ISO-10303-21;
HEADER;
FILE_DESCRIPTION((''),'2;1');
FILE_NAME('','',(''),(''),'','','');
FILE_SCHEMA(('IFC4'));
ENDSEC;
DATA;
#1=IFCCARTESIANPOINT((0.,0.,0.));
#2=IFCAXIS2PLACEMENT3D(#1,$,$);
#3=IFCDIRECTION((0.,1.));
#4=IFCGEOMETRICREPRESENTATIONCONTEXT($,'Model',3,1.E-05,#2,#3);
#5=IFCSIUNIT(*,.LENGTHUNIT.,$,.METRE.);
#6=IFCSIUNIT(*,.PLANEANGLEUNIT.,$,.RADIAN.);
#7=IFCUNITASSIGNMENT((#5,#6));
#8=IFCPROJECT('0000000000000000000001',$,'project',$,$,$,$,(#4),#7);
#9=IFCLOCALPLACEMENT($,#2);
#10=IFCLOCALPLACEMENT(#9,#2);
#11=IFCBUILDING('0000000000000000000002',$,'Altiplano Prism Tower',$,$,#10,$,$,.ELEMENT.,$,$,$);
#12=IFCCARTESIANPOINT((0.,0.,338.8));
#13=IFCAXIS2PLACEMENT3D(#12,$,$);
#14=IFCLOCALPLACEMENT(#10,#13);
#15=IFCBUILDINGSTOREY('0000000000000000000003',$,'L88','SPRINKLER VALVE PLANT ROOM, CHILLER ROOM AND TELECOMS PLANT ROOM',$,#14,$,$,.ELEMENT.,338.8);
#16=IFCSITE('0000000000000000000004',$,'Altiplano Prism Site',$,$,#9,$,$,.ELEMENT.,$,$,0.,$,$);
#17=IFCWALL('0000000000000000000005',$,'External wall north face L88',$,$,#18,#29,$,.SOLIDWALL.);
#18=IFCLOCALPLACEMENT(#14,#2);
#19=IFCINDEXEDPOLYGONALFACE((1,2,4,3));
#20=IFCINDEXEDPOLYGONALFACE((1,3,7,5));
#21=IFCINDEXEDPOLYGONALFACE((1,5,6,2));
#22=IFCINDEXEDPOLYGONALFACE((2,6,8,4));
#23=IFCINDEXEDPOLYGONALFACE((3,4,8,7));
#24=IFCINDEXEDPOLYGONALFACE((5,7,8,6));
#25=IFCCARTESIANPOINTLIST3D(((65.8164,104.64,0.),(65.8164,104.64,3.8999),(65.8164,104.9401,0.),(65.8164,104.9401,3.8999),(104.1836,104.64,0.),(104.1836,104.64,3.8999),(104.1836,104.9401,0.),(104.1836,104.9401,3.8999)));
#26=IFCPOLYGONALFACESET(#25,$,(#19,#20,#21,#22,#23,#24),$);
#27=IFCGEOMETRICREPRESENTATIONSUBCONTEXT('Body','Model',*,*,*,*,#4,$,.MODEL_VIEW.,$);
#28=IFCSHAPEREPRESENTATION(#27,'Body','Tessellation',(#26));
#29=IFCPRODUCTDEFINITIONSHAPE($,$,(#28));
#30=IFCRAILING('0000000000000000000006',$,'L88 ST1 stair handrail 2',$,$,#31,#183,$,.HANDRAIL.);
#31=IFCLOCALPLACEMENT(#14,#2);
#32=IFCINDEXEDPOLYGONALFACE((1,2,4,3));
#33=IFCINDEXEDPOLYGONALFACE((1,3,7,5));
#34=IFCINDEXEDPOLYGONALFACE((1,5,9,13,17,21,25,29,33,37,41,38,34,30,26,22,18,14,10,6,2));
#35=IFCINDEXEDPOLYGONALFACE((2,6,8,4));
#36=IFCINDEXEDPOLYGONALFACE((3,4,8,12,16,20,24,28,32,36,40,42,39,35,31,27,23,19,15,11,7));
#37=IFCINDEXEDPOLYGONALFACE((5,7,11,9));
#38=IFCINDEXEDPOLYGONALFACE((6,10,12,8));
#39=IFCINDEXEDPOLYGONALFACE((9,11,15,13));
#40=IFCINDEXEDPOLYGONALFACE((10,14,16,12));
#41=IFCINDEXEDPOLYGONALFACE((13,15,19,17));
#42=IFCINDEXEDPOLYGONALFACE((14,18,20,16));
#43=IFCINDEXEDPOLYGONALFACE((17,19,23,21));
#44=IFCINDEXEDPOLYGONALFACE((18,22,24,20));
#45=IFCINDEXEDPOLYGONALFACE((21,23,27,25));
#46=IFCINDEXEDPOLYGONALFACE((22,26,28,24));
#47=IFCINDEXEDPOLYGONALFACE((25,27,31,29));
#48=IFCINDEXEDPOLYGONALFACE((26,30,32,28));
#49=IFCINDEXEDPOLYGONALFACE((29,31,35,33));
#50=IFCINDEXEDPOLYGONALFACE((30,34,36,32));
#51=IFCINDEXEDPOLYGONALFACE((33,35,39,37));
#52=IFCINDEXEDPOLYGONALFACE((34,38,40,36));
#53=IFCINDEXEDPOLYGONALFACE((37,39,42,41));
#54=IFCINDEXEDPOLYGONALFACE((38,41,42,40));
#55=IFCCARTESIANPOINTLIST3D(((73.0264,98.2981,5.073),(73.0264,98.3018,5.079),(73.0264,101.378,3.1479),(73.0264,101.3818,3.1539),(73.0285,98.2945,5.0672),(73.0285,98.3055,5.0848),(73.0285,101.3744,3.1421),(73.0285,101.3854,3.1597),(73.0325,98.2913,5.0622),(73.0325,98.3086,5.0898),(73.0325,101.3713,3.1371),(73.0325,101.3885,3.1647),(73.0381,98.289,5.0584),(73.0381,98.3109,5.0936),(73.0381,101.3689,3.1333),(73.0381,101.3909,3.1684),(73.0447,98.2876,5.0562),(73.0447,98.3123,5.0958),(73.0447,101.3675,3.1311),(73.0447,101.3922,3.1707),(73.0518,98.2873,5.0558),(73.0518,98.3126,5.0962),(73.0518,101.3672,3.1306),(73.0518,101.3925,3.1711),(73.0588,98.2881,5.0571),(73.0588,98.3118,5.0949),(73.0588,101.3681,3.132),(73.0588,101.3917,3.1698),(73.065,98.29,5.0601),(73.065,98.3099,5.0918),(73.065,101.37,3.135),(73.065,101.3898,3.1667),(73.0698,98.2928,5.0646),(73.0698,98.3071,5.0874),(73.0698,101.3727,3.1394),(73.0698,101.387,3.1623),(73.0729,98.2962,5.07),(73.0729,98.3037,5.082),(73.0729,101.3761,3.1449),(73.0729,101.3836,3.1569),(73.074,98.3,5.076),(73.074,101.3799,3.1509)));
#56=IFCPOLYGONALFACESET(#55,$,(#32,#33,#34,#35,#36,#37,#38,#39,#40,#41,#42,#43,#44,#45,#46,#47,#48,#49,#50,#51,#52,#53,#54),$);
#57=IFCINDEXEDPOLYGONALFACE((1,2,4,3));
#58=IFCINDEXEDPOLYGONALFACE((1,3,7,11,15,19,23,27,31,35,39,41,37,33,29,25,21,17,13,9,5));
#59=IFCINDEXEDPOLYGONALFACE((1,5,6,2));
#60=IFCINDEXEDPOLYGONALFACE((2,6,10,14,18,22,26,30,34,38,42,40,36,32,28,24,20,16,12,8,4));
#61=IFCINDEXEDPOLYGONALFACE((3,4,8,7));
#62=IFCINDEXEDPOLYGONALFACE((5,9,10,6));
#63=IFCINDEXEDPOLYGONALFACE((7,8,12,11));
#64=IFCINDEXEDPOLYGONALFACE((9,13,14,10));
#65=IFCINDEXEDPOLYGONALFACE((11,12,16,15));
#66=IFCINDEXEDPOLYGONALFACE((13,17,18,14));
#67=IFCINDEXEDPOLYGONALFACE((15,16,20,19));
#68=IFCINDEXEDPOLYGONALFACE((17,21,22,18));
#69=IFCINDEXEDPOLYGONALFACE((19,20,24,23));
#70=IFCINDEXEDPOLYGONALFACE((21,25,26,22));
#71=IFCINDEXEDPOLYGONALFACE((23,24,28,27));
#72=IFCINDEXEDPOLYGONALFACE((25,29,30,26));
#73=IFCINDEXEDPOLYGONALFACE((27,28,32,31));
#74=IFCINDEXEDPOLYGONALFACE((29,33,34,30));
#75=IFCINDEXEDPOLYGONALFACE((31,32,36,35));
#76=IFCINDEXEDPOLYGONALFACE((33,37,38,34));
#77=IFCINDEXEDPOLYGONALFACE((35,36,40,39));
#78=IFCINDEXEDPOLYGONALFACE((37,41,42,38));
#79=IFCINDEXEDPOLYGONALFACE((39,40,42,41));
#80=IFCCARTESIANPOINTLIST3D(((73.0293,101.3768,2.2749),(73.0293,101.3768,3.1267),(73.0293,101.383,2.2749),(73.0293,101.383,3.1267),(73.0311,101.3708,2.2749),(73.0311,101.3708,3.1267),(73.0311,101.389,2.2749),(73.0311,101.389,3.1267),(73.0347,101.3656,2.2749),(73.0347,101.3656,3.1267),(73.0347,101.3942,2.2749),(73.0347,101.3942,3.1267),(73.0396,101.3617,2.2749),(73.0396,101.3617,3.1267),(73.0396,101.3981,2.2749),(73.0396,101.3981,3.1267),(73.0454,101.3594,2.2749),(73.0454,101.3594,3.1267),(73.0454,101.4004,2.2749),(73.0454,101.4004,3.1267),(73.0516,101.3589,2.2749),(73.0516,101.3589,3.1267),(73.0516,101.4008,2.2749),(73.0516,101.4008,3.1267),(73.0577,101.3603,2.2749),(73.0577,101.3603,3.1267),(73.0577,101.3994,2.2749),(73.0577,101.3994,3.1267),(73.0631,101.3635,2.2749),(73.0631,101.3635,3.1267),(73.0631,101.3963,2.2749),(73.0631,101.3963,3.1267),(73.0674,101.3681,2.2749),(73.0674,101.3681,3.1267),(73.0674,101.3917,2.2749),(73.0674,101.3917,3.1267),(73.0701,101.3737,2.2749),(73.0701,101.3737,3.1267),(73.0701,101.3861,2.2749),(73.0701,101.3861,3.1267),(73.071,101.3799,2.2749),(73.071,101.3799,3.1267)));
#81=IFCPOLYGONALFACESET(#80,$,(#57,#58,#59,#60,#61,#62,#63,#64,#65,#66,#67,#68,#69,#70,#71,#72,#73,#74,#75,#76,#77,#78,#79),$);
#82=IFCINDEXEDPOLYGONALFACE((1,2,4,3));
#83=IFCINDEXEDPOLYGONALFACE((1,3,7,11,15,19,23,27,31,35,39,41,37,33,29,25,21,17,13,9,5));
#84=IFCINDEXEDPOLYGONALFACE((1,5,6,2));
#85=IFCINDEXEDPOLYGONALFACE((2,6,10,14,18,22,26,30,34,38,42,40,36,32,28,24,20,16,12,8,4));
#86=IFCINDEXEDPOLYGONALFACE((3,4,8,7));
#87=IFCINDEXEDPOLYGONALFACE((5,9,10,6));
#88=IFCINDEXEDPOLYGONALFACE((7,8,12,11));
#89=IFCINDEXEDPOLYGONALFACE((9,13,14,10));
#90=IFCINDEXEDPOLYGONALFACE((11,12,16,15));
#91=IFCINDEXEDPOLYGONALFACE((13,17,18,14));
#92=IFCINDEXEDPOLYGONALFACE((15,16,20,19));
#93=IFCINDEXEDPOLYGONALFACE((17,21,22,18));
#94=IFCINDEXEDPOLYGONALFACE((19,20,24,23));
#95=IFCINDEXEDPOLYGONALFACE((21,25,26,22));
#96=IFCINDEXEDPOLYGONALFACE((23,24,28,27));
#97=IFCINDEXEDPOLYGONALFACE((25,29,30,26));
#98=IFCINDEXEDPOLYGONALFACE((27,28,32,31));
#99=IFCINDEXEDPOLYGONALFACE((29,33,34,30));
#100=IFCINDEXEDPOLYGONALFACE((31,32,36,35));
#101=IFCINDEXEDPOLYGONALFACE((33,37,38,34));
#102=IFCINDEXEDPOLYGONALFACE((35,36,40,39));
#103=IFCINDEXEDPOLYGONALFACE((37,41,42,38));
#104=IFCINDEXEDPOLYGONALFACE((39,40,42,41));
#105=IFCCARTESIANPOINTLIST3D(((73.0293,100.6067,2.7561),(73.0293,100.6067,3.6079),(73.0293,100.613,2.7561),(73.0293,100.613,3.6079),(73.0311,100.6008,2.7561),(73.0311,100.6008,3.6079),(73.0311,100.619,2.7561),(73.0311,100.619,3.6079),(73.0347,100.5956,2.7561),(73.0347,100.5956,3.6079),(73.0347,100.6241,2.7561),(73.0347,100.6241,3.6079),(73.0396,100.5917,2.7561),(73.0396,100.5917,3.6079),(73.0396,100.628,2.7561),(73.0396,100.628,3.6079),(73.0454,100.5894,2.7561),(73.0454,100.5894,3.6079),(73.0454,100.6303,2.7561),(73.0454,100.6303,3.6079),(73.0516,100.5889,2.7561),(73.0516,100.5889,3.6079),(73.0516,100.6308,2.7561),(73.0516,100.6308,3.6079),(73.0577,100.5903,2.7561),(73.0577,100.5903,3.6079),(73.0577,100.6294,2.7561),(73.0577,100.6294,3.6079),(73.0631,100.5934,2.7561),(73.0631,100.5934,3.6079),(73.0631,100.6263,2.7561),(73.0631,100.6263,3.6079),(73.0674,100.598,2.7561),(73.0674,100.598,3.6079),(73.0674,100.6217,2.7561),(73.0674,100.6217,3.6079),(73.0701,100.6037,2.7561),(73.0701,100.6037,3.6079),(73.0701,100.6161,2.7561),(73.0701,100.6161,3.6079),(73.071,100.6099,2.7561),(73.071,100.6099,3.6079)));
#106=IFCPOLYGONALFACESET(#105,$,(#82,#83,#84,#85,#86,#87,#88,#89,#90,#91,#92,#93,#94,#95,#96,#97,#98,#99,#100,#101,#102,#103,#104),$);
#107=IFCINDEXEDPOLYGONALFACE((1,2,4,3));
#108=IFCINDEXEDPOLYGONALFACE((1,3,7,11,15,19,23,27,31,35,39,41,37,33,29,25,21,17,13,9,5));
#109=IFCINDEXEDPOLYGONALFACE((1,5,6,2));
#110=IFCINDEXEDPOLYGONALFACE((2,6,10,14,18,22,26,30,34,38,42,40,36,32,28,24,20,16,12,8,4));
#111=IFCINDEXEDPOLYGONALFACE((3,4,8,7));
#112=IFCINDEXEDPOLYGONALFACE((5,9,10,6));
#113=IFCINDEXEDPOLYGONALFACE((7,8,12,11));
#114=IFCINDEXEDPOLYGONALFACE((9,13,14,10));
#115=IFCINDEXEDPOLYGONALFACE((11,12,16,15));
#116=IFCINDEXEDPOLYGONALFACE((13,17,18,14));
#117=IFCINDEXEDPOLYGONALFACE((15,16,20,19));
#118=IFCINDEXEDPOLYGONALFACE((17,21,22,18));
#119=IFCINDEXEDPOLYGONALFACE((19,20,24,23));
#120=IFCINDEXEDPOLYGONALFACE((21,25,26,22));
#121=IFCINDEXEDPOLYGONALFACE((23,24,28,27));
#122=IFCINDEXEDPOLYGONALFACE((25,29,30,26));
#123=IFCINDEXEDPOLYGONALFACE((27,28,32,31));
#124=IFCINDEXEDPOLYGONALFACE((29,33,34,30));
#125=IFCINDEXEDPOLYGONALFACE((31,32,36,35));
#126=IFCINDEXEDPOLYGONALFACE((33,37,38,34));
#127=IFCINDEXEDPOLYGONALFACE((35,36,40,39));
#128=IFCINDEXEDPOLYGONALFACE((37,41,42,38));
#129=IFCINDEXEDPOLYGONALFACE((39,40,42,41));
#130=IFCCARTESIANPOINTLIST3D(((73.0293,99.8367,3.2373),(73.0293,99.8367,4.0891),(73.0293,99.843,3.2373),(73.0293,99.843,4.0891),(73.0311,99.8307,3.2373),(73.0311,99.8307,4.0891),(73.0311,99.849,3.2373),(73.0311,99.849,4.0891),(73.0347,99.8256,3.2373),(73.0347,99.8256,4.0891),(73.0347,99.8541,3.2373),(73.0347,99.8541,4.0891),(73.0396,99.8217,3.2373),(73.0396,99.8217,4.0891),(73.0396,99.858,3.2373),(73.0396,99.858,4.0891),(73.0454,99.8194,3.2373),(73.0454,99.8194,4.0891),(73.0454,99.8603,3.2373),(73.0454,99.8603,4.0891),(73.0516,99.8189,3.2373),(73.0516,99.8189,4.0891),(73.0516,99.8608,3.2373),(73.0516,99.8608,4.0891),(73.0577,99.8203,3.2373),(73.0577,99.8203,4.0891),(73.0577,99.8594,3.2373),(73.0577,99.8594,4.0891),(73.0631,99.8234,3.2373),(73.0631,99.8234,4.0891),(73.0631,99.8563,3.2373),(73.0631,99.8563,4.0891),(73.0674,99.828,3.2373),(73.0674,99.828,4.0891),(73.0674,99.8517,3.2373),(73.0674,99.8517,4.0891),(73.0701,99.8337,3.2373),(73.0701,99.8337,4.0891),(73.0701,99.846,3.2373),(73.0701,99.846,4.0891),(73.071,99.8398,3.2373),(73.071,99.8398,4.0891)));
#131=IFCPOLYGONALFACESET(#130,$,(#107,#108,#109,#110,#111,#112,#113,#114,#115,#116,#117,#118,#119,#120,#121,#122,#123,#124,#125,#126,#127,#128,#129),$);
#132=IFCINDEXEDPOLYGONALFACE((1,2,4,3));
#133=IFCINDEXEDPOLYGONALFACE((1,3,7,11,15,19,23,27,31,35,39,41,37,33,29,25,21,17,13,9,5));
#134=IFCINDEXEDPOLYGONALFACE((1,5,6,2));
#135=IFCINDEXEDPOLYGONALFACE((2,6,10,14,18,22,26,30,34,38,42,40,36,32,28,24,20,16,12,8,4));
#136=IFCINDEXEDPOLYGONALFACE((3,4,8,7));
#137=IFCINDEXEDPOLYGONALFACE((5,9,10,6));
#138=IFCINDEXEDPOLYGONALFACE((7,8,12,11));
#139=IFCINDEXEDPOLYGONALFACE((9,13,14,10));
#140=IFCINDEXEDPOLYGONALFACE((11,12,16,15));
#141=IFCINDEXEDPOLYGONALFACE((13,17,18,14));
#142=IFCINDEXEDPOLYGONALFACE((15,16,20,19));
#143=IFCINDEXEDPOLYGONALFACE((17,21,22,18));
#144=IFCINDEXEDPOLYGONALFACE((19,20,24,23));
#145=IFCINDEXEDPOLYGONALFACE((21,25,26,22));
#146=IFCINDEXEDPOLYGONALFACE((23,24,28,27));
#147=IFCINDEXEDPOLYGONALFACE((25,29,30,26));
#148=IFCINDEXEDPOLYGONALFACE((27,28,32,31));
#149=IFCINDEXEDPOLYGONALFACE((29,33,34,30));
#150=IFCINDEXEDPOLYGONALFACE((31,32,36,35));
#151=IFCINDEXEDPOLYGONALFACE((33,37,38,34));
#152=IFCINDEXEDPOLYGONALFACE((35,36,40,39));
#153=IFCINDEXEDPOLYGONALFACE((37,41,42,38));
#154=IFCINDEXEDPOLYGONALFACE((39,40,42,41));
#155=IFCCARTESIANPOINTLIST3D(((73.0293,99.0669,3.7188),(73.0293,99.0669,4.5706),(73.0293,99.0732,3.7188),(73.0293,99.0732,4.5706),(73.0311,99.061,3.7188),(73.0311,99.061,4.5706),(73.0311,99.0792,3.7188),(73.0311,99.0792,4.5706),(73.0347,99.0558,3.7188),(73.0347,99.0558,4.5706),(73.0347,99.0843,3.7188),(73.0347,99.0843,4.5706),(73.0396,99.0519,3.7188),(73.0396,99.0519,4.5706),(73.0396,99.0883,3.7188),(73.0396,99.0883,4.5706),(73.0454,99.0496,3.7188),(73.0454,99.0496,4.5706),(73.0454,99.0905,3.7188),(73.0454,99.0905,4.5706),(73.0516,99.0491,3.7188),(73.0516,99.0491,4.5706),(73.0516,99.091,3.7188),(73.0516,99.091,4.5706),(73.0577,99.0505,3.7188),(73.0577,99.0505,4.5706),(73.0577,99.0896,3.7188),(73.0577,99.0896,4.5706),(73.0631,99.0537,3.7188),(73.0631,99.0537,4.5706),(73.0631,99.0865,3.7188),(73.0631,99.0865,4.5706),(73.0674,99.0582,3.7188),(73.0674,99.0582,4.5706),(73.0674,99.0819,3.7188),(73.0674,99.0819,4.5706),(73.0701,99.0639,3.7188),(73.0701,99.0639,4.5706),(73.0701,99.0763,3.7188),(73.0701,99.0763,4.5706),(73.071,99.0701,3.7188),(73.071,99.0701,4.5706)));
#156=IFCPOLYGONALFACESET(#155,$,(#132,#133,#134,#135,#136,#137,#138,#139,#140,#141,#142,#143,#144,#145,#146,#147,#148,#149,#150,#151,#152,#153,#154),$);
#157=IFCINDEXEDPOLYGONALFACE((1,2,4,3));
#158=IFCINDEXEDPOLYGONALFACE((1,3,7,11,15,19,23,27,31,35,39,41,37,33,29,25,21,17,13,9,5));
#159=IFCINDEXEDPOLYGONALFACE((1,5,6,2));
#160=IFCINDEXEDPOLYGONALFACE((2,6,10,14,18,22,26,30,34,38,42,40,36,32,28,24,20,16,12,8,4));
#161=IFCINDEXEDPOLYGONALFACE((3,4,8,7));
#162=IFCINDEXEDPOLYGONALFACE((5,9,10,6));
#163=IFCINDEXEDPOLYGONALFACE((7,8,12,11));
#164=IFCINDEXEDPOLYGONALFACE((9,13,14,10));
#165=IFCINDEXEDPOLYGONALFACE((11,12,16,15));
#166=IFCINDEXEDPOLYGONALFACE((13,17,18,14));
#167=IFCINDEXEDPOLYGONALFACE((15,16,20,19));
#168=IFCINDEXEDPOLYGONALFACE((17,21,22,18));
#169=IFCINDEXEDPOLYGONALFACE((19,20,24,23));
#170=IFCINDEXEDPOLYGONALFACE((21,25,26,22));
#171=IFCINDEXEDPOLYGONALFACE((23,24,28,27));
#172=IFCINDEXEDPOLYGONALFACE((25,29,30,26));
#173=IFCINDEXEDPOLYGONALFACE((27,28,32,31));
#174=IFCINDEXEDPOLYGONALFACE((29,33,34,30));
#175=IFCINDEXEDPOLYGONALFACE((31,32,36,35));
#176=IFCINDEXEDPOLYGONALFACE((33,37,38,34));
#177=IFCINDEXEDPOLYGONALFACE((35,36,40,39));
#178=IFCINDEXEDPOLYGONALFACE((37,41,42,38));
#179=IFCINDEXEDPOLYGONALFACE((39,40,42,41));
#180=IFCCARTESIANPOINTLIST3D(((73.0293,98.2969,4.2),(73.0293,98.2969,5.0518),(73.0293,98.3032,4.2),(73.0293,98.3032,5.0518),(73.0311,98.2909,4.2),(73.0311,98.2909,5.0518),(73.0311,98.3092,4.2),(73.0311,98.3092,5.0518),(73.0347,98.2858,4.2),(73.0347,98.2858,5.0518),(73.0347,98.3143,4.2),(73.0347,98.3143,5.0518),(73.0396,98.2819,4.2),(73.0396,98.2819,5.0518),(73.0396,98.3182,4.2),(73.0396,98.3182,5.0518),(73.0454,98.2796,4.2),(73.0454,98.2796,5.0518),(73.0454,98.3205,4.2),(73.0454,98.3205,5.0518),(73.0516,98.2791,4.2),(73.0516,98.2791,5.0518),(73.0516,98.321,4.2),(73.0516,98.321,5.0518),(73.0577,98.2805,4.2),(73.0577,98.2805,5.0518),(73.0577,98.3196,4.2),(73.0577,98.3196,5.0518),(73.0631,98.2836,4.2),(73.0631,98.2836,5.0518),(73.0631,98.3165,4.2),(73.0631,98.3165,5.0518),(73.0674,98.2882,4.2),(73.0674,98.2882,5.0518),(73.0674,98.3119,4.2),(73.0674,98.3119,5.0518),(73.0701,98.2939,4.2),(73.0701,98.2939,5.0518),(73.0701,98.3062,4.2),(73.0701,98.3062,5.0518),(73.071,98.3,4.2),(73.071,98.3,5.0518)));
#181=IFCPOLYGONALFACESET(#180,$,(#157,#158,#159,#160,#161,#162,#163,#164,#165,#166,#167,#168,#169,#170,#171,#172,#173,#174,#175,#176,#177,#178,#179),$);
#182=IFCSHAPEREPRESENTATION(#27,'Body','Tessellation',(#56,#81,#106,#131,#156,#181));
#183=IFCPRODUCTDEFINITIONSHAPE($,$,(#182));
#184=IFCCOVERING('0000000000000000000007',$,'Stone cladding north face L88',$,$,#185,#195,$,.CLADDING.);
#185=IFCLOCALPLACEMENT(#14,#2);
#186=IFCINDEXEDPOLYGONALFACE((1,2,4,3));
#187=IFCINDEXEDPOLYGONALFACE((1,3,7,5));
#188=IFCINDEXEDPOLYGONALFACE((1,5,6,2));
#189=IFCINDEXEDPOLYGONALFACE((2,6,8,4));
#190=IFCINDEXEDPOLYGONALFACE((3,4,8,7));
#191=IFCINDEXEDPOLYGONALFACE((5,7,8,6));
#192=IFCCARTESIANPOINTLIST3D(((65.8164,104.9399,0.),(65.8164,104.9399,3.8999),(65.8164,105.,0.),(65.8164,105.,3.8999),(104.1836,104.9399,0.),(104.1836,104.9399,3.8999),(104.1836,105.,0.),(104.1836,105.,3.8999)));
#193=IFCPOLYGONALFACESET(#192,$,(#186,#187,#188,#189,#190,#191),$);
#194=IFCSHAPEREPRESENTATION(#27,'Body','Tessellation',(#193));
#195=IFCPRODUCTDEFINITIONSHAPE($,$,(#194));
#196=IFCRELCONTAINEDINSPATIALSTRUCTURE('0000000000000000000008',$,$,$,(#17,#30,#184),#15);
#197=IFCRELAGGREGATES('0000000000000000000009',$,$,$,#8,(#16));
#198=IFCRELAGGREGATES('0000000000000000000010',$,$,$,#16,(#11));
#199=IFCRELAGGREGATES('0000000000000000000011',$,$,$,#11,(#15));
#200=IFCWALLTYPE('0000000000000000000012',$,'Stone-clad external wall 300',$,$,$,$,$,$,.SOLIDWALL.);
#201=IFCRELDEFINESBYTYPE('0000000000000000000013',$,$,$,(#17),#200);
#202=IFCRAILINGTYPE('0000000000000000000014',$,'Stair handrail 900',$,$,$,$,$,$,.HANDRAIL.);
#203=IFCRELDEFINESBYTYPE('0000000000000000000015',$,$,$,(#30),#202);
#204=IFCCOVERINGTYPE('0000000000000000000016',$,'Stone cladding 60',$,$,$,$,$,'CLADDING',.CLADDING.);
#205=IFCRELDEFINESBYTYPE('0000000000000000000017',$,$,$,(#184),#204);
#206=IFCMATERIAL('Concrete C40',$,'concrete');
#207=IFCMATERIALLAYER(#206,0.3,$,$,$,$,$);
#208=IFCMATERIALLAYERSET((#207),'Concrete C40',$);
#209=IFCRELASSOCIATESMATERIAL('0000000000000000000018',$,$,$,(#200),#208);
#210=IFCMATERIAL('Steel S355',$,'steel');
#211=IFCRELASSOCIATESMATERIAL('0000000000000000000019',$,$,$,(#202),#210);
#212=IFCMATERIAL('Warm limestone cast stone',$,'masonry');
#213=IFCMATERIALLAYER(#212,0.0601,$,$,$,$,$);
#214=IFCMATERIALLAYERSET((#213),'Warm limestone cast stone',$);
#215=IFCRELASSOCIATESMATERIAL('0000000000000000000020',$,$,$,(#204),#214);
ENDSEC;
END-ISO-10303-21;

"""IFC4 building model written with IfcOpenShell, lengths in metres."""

from ifc_helpers import new_model, si_unit, direction, frame, frame_2d, origin, origin_2d, place, context, subcontext, project, spatial, rectangle, circle, extrude, material, layer, layer_set, type_object, element, save


model = new_model("IFC4")

# Units and contexts
model_context = context("Model", 3, precision=1e-05, world=origin(), true_north=direction((0.0, 1.0)))
body_context = subcontext(model_context, "Body", "Model", "MODEL_VIEW")
ifc_project = project(units=[si_unit("LENGTHUNIT", "METRE"), si_unit("PLANEANGLEUNIT", "RADIAN")], contexts=[model_context])

# Site, building, storey
site_placement = place(None, origin())
site = spatial("IfcSite", under=ifc_project, at=site_placement, Name="Altiplano Prism Site", CompositionType="ELEMENT", RefElevation=0.0)
building_placement = place(site_placement, origin())
building = spatial("IfcBuilding", under=site, at=building_placement, Name="Altiplano Prism Tower", CompositionType="ELEMENT")
storey_placement = place(building_placement, frame((0.0, 0.0, 338.8)))
storey = spatial("IfcBuildingStorey", under=building, at=storey_placement, Name="L88", Description="SPRINKLER VALVE PLANT ROOM, CHILLER ROOM AND TELECOMS PLANT ROOM", CompositionType="ELEMENT", Elevation=338.8)

# Wall
ifc_material_1 = material(Name="Concrete C40", Category="concrete")
ifc_layer_1 = layer(ifc_material_1, 0.3)
ifc_layer_set_1 = layer_set([ifc_layer_1], Name="Concrete C40")
wall_type_1 = type_object("IfcWallType", Name="Stone-clad external wall 300", PredefinedType="SOLIDWALL", material=ifc_layer_set_1)
wall_1_placement = place(storey_placement, frame((65.8164, 104.79, 0.0), z_axis=(0.0, 0.0, 1.0), x_axis=(1.0, 0.0, 0.0)))
element("IfcWall", 1, at=wall_1_placement, inside=storey, type_object=wall_type_1, Name="External wall north face L88", PredefinedType="SOLIDWALL", context=body_context, shape_type="SweptSolid", body=[
    extrude(rectangle(XDim=38.3672, YDim=0.3, at=frame_2d((19.1836, 0.0))), origin(), (0.0, 0.0, 1.0), 3.8999),
])

# Railing
ifc_material_2 = material(Name="Steel S355", Category="steel")
railing_type = type_object("IfcRailingType", Name="Stair handrail 900", PredefinedType="HANDRAIL", material=ifc_material_2)
railing_placement = place(storey_placement, frame((73.05, 101.3799, 2.2749)))
element("IfcRailing", 2, at=railing_placement, inside=storey, type_object=railing_type, Name="L88 ST1 stair handrail 2", PredefinedType="HANDRAIL", context=body_context, shape_type="SweptSolid", body=[
    extrude(circle(Radius=0.0239, at=origin_2d()), frame((0.0, 0.0, 0.876), z_axis=(0.0, -0.847979, 0.530029), x_axis=(1.0, 0.0, 0.0)), (0.0, 0.0, 1.0), 3.6321),
    extrude(circle(Radius=0.021, at=origin_2d()), origin(), (0.0, 0.0, 1.0), 0.8518),
    extrude(circle(Radius=0.021, at=origin_2d()), frame((0.0, -0.77, 0.4812)), (0.0, 0.0, 1.0), 0.8518),
    extrude(circle(Radius=0.021, at=origin_2d()), frame((0.0, -1.54, 0.9624)), (0.0, 0.0, 1.0), 0.8518),
    extrude(circle(Radius=0.021, at=origin_2d()), frame((0.0, -2.3098, 1.4438)), (0.0, 0.0, 1.0), 0.8518),
    extrude(circle(Radius=0.021, at=origin_2d()), frame((0.0, -3.0798, 1.925)), (0.0, 0.0, 1.0), 0.8518),
])

# Covering
ifc_material_3 = material(Name="Warm limestone cast stone", Category="masonry")
ifc_layer_2 = layer(ifc_material_3, 0.0601)
ifc_layer_set_2 = layer_set([ifc_layer_2], Name="Warm limestone cast stone")
covering_type = type_object("IfcCoveringType", Name="Stone cladding 60", ElementType="CLADDING", PredefinedType="CLADDING", material=ifc_layer_set_2)
covering_placement = place(storey_placement, frame((65.8164, 104.97, 0.0), z_axis=(0.0, 0.0, 1.0), x_axis=(1.0, 0.0, 0.0)))
element("IfcCovering", 3, at=covering_placement, inside=storey, type_object=covering_type, Name="Stone cladding north face L88", PredefinedType="CLADDING", context=body_context, shape_type="SweptSolid", body=[
    extrude(rectangle(XDim=38.3672, YDim=0.0601, at=frame_2d((19.1836, 0.0))), origin(), (0.0, 0.0, 1.0), 3.8999),
])

save(model, "model.ifc")
